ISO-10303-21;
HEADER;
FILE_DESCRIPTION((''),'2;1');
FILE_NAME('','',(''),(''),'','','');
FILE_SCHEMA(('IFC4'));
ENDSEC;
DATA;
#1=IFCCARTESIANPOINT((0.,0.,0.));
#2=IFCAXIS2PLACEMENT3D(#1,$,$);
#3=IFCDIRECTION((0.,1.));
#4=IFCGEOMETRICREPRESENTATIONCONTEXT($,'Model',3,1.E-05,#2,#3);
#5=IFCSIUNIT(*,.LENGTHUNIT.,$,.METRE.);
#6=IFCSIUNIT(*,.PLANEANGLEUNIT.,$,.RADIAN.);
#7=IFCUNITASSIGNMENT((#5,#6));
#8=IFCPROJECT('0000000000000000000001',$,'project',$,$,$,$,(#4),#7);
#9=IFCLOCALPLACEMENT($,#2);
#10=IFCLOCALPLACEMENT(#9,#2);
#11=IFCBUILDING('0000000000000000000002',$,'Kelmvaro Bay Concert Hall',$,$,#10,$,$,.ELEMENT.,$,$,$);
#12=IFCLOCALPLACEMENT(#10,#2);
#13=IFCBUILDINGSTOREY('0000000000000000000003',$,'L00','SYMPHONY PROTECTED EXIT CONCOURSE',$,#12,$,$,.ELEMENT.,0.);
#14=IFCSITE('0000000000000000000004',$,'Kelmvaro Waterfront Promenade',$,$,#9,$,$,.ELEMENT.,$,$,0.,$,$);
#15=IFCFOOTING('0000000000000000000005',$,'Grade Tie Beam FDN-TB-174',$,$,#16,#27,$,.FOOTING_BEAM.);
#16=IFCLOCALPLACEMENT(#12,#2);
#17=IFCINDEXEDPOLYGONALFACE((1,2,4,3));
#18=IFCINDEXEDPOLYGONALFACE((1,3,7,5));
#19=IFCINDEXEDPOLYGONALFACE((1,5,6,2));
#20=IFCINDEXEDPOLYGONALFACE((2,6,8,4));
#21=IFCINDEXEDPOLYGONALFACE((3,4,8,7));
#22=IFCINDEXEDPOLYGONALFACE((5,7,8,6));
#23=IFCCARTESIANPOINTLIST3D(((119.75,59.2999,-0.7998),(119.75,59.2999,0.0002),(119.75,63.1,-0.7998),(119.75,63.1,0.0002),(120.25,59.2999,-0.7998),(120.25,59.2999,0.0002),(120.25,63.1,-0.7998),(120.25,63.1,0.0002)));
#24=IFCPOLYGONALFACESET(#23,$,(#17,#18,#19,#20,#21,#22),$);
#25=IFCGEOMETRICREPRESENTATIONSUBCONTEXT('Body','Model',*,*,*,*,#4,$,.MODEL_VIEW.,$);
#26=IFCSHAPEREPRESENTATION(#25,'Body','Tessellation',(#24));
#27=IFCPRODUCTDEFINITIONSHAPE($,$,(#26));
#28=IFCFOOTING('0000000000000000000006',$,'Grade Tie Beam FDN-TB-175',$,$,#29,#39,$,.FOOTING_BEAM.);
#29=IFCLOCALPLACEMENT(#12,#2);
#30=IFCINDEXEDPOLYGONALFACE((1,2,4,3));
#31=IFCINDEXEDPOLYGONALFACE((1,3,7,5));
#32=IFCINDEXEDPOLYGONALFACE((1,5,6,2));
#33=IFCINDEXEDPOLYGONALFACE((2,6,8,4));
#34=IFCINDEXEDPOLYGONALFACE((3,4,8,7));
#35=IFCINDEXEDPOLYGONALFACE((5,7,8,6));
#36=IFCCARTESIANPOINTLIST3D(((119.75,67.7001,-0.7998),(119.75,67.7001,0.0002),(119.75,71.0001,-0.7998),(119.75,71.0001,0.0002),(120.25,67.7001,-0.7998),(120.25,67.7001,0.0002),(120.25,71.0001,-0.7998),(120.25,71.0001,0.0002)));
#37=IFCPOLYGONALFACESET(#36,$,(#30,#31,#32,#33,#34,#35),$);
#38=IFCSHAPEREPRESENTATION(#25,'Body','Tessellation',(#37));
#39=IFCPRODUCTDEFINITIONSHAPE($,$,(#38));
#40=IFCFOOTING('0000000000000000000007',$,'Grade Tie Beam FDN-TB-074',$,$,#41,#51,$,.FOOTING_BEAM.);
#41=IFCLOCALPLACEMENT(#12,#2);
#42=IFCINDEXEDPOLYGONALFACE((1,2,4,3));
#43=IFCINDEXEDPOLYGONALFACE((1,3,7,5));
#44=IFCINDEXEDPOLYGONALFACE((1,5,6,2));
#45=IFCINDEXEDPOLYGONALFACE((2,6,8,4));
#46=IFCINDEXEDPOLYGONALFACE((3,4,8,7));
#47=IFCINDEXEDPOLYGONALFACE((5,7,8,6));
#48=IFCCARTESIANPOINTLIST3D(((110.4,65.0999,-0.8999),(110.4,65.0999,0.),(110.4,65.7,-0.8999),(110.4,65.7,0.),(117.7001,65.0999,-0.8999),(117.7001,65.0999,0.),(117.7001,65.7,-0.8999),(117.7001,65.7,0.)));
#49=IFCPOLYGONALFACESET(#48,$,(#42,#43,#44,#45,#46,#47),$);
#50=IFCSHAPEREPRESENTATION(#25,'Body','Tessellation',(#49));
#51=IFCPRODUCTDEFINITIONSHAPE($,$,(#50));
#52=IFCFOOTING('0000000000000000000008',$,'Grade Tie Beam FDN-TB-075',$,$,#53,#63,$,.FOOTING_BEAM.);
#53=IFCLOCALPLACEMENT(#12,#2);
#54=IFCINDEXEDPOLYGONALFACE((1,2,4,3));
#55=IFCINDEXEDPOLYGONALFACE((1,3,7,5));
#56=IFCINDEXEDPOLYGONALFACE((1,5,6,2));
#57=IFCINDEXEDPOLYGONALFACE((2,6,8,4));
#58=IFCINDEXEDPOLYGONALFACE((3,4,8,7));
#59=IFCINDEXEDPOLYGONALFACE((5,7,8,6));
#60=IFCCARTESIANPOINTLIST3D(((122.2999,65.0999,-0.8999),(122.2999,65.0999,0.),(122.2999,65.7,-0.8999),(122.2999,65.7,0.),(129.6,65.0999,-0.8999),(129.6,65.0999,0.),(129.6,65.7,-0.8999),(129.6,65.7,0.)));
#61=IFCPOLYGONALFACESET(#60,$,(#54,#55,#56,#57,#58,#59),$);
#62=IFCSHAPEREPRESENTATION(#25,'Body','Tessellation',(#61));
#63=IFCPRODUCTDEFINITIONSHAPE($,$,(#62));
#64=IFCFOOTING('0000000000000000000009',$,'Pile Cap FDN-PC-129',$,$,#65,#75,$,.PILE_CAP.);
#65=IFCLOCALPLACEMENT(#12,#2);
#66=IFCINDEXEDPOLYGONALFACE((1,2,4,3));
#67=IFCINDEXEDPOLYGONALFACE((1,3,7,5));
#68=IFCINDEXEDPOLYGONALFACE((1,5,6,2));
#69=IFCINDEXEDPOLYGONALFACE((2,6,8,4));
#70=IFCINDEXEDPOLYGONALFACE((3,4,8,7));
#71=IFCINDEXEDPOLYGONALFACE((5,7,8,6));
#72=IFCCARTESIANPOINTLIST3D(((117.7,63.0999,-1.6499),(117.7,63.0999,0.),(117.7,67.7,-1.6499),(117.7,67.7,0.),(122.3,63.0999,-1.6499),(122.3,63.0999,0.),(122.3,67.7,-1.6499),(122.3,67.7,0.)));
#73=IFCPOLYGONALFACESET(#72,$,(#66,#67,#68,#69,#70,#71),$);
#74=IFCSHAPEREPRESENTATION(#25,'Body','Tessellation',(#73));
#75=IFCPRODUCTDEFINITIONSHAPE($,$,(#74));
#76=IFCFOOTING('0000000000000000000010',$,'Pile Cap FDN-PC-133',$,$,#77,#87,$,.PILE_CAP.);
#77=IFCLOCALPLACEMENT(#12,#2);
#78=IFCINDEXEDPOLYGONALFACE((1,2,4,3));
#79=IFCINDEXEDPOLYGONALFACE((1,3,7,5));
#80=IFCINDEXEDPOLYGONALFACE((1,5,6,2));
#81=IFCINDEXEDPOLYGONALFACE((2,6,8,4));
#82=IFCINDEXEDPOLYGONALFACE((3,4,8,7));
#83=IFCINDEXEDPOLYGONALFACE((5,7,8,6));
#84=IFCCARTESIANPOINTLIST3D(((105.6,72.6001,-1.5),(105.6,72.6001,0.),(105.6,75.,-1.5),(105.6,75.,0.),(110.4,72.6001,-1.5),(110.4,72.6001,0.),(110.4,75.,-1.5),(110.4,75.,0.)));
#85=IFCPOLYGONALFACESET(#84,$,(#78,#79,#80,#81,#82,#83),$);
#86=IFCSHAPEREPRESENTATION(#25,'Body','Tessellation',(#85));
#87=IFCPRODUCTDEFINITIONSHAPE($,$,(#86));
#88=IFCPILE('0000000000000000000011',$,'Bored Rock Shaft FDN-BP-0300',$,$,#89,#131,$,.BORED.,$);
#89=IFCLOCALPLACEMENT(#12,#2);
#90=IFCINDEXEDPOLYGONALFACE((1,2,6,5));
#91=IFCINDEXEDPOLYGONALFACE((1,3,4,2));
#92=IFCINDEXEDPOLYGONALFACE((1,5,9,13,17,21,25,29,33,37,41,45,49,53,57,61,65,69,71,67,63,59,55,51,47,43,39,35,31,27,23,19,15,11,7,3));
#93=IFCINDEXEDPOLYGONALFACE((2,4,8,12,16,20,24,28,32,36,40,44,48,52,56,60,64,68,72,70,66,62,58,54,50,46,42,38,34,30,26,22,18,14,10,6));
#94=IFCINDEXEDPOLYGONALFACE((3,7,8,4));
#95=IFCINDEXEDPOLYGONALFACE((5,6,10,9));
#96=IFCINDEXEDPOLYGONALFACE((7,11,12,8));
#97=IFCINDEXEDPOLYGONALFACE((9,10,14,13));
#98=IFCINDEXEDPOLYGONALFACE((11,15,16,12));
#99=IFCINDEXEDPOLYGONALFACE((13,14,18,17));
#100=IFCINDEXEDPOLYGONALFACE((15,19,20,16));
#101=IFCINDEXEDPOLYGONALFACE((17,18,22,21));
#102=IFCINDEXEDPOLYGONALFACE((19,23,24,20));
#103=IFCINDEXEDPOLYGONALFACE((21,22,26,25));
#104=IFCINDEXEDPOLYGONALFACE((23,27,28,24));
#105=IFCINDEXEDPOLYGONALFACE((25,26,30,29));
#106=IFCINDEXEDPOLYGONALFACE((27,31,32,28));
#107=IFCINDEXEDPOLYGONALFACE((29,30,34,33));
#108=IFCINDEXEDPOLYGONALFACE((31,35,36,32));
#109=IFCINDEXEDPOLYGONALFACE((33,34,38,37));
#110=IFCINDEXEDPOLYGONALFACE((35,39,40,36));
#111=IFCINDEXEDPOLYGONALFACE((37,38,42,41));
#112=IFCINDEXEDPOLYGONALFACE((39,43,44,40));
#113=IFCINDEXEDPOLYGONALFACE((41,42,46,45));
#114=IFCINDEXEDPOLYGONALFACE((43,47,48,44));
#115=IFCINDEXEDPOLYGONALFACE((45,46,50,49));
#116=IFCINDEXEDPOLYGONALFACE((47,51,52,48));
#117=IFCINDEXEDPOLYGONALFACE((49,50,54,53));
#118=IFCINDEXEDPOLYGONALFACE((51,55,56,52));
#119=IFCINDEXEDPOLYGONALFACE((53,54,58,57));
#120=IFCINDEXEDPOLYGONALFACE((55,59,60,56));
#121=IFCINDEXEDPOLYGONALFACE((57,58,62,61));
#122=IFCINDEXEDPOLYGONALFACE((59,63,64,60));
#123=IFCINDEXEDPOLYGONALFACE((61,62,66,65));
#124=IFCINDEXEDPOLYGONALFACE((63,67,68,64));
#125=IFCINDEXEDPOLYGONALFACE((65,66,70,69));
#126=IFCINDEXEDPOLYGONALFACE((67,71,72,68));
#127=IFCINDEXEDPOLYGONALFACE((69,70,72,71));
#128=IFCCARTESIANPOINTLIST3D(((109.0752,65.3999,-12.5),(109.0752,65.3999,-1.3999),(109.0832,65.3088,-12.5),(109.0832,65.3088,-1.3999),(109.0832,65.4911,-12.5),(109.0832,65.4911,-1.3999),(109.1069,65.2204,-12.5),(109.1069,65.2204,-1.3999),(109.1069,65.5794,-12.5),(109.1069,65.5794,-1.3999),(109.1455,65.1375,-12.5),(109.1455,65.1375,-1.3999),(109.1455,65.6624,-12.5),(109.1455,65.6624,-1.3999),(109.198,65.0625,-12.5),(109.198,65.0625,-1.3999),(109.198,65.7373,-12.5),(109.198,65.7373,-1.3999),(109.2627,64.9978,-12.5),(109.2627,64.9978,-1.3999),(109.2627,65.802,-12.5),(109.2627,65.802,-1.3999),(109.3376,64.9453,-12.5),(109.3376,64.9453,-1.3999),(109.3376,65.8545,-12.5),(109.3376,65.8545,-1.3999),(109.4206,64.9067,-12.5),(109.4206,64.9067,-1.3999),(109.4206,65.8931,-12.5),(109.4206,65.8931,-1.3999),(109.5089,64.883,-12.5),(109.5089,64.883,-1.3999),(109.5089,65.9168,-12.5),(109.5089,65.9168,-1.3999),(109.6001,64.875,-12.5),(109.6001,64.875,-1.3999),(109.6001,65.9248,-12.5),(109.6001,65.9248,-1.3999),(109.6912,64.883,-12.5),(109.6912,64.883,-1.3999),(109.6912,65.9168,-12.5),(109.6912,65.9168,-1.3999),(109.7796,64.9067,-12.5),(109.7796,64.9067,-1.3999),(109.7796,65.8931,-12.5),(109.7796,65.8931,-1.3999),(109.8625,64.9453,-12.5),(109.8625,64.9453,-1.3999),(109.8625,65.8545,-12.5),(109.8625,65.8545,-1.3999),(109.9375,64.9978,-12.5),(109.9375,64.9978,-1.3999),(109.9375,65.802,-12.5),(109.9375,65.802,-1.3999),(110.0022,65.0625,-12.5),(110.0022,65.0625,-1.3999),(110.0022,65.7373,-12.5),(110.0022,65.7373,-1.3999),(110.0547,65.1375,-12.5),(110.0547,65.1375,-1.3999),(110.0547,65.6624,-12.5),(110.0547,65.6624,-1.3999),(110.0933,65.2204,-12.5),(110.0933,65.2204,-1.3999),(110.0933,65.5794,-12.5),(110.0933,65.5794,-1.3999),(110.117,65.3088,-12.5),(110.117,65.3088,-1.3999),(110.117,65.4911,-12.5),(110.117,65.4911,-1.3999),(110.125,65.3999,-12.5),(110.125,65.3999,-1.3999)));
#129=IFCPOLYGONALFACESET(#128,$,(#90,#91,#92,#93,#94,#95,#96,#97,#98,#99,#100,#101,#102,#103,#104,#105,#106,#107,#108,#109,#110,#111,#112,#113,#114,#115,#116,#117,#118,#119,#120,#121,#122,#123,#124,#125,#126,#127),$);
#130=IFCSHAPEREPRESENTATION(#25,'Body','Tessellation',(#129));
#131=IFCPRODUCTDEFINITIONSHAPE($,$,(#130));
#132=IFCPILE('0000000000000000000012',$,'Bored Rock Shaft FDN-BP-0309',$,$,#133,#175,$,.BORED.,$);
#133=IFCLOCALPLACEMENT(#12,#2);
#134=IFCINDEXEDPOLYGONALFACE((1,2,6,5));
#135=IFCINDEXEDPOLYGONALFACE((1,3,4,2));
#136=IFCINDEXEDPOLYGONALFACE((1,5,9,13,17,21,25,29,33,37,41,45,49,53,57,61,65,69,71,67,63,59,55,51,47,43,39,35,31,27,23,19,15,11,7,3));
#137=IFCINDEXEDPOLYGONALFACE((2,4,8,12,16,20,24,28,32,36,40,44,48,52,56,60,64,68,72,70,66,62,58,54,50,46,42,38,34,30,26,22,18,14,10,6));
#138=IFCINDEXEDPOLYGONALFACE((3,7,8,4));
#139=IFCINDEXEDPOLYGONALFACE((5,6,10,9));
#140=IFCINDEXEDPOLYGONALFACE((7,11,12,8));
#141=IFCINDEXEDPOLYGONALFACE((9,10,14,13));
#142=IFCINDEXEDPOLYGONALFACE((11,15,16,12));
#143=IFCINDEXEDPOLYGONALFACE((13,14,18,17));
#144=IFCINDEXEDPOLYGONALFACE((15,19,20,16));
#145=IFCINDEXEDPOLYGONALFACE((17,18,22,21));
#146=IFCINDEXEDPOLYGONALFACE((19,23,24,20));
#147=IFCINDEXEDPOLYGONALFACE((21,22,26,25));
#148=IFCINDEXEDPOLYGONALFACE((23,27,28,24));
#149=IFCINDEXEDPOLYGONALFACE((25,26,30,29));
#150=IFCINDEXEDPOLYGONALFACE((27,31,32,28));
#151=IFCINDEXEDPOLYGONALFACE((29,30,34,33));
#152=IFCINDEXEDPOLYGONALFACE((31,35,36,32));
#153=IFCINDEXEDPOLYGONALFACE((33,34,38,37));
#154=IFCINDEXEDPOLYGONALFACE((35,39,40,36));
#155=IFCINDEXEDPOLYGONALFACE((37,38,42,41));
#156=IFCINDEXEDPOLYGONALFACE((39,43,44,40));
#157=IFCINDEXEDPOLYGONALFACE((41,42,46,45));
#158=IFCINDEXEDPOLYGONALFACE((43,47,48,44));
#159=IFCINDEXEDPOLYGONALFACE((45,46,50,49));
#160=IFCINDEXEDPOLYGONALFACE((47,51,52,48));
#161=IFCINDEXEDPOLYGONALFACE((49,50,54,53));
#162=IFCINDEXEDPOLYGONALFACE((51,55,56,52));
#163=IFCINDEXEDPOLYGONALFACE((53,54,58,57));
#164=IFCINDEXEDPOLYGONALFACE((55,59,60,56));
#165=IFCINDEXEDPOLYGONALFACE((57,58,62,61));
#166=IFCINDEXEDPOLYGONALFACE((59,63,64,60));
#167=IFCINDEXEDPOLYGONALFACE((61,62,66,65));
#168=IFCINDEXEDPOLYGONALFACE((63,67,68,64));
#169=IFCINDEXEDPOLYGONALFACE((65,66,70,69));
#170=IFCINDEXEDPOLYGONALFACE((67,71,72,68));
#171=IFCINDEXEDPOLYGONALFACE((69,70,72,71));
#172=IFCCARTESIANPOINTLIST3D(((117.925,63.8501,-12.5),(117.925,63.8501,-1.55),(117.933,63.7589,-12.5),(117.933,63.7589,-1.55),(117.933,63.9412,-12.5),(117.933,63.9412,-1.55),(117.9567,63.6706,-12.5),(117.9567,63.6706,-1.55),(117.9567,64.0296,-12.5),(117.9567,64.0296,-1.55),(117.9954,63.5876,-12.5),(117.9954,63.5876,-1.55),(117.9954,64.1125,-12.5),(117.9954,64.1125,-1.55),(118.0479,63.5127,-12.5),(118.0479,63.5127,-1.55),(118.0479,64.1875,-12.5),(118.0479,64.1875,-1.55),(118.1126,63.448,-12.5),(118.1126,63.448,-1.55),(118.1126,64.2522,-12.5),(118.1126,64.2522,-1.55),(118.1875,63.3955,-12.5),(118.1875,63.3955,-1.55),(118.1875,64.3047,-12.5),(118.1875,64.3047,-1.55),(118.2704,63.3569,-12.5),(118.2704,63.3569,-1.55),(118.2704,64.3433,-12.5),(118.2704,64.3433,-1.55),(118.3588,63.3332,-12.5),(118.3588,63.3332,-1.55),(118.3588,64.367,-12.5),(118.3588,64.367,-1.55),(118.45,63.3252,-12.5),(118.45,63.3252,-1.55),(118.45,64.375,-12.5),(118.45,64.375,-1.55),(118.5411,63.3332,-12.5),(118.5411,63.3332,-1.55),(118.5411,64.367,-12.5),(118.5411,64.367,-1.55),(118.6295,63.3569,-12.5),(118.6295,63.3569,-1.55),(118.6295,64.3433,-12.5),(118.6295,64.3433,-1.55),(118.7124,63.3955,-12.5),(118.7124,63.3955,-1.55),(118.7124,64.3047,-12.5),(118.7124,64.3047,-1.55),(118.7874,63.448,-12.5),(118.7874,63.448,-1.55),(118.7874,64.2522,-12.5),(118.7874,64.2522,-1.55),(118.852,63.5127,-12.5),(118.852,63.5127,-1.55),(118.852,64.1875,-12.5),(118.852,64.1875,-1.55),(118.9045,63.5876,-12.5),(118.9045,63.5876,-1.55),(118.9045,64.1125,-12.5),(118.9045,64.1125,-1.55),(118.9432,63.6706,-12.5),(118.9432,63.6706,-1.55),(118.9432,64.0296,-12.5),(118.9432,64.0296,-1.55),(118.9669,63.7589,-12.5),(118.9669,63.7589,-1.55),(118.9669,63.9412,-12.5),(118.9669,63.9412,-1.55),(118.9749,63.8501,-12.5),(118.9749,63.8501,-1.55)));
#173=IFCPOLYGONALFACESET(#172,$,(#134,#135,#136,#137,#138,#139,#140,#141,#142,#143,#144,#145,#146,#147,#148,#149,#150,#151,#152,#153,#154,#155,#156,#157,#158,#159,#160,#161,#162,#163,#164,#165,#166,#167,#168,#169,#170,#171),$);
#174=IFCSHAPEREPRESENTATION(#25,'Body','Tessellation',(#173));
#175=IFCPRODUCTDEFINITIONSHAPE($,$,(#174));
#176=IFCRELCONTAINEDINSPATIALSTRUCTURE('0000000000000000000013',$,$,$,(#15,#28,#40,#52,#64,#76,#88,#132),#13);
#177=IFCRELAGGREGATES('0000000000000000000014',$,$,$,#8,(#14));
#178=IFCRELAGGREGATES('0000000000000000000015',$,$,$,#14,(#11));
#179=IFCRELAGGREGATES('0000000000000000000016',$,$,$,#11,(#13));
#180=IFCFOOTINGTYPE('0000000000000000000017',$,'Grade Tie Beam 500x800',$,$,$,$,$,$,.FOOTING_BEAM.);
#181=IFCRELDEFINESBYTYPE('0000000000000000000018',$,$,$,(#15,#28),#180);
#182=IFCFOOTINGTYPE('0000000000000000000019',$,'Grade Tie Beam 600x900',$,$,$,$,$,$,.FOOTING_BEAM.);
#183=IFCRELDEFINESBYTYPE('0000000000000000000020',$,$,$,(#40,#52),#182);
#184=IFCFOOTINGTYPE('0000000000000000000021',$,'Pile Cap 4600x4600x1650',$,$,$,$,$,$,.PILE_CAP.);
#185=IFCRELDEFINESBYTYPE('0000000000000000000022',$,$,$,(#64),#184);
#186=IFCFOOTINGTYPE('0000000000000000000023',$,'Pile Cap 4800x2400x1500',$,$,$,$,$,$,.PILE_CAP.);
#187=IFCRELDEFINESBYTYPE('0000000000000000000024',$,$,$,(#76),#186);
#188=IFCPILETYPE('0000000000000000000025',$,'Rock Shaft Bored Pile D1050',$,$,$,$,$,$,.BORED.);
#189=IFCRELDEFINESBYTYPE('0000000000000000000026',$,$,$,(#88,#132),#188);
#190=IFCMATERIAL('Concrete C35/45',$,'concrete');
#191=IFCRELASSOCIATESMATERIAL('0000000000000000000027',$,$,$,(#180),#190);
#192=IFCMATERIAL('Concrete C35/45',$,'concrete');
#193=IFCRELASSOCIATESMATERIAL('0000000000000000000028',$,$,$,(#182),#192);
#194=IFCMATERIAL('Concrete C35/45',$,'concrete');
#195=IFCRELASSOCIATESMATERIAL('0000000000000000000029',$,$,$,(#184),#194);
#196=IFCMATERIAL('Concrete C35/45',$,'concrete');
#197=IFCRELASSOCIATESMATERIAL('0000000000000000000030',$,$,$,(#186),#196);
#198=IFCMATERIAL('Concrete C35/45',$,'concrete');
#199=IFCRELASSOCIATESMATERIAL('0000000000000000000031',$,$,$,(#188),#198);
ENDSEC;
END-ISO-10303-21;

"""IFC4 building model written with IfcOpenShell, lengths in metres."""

from ifc_helpers import new_model, si_unit, direction, frame, origin, origin_2d, place, context, subcontext, project, spatial, rectangle, circle, extrude, material, material_profile, profile_set, type_object, element, save


model = new_model("IFC4")

# Units and contexts
model_context = context("Model", 3, precision=1e-05, world=origin(), true_north=direction((0.0, 1.0)))
body_context = subcontext(model_context, "Body", "Model", "MODEL_VIEW")
ifc_project = project(units=[si_unit("LENGTHUNIT", "METRE"), si_unit("PLANEANGLEUNIT", "RADIAN")], contexts=[model_context])

# Site, building, storey
site_placement = place(None, origin())
site = spatial("IfcSite", under=ifc_project, at=site_placement, Name="Kelmvaro Waterfront Promenade", CompositionType="ELEMENT", RefElevation=0.0)
building_placement = place(site_placement, origin())
building = spatial("IfcBuilding", under=site, at=building_placement, Name="Kelmvaro Bay Concert Hall", CompositionType="ELEMENT")
storey_placement = place(building_placement, origin())
storey = spatial("IfcBuildingStorey", under=building, at=storey_placement, Name="L00", Description="SYMPHONY PROTECTED EXIT CONCOURSE", CompositionType="ELEMENT", Elevation=0.0)

# Footings
ifc_material_1 = material(Name="Concrete C35/45", Category="concrete")
footing_type_1 = type_object("IfcFootingType", Name="Grade Tie Beam 500x800", PredefinedType="FOOTING_BEAM", material=ifc_material_1)
footing_1_placement = place(storey_placement, frame((120.0, 61.2, -0.7998), z_axis=(0.0, 0.0, 1.0), x_axis=(0.0, 1.0, 0.0)))
element("IfcFooting", 1, at=footing_1_placement, inside=storey, type_object=footing_type_1, Name="Grade Tie Beam FDN-TB-174", PredefinedType="FOOTING_BEAM", context=body_context, shape_type="SweptSolid", body=[
    extrude(rectangle(XDim=3.8, YDim=0.5, at=origin_2d()), origin(), (0.0, 0.0, 1.0), 0.8),
])
footing_2_placement = place(storey_placement, frame((120.0, 69.3501, -0.7998), z_axis=(0.0, 0.0, 1.0), x_axis=(0.0, 1.0, 0.0)))
element("IfcFooting", 2, at=footing_2_placement, inside=storey, type_object=footing_type_1, Name="Grade Tie Beam FDN-TB-175", PredefinedType="FOOTING_BEAM", context=body_context, shape_type="SweptSolid", body=[
    extrude(rectangle(XDim=3.3, YDim=0.5, at=origin_2d()), origin(), (0.0, 0.0, 1.0), 0.8),
])
ifc_material_2 = material(Name="Concrete C35/45", Category="concrete")
footing_type_2 = type_object("IfcFootingType", Name="Grade Tie Beam 600x900", PredefinedType="FOOTING_BEAM", material=ifc_material_2)
for number, where, z_axis, x_axis, name in (
    (3, (114.05, 65.3999, -0.8999), (0.0, 0.0, 1.0), (1.0, 0.0, 0.0), "Grade Tie Beam FDN-TB-074"),
    (4, (125.95, 65.3999, -0.8999), (0.0, 0.0, 1.0), (1.0, 0.0, 0.0), "Grade Tie Beam FDN-TB-075"),
):
    element("IfcFooting", number, at=place(storey_placement, frame(where, z_axis=z_axis, x_axis=x_axis)), inside=storey, type_object=footing_type_2, Name=name, PredefinedType="FOOTING_BEAM", context=body_context, shape_type="SweptSolid", body=[
        extrude(rectangle(XDim=7.3, YDim=0.6001, at=origin_2d()), origin(), (0.0, 0.0, 1.0), 0.8999),
    ])
ifc_material_3 = material(Name="Concrete C35/45", Category="concrete")
footing_type_3 = type_object("IfcFootingType", Name="Pile Cap 4600x4600x1650", PredefinedType="PILE_CAP", material=ifc_material_3)
footing_3_placement = place(storey_placement, frame((120.0, 65.3999, -1.6499), z_axis=(0.0, 0.0, 1.0), x_axis=(1.0, 0.0, 0.0)))
element("IfcFooting", 5, at=footing_3_placement, inside=storey, type_object=footing_type_3, Name="Pile Cap FDN-PC-129", PredefinedType="PILE_CAP", context=body_context, shape_type="SweptSolid", body=[
    extrude(rectangle(XDim=4.6001, YDim=4.6001, at=origin_2d()), origin(), (0.0, 0.0, 1.0), 1.6499),
])
ifc_material_4 = material(Name="Concrete C35/45", Category="concrete")
footing_type_4 = type_object("IfcFootingType", Name="Pile Cap 4800x2400x1500", PredefinedType="PILE_CAP", material=ifc_material_4)
footing_4_placement = place(storey_placement, frame((108.0, 73.8, -1.5), z_axis=(0.0, 0.0, 1.0), x_axis=(1.0, 0.0, 0.0)))
element("IfcFooting", 6, at=footing_4_placement, inside=storey, type_object=footing_type_4, Name="Pile Cap FDN-PC-133", PredefinedType="PILE_CAP", context=body_context, shape_type="SweptSolid", body=[
    extrude(rectangle(XDim=4.8, YDim=2.3999, at=origin_2d()), origin(), (0.0, 0.0, 1.0), 1.5),
])

# Piles
ifc_material_5 = material(Name="Concrete C35/45", Category="concrete")
ifc_material_profile_1 = material_profile(ifc_material_5, circle(Radius=0.5249, at=origin_2d()), Name="PILE-BORED-1050")
ifc_profile_set_1 = profile_set([ifc_material_profile_1], Name="Concrete C35/45")
pile_type_1 = type_object("IfcPileType", Name="Rock Shaft Bored Pile D1050", PredefinedType="BORED", material=ifc_profile_set_1)
pile_placement = place(storey_placement, frame((109.6001, 65.3999, -1.3999), z_axis=(0.0, 0.0, -1.0), x_axis=(1.0, 0.0, 0.0)))
element("IfcPile", 7, at=pile_placement, inside=storey, type_object=pile_type_1, Name="Bored Rock Shaft FDN-BP-0300", PredefinedType="BORED", context=body_context, shape_type="SweptSolid", body=[
    extrude(circle(Radius=0.5249, at=origin_2d()), origin(), (0.0, 0.0, 1.0), 11.1001),
])
for number, where, z_axis, x_axis, name in (
    (8, (118.45, 63.8501, -1.55), (0.0, 0.0, -1.0), (1.0, 0.0, 0.0), "Bored Rock Shaft FDN-BP-0309"),
):
    element("IfcPile", number, at=place(storey_placement, frame(where, z_axis=z_axis, x_axis=x_axis)), inside=storey, type_object=pile_type_1, Name=name, PredefinedType="BORED", context=body_context, shape_type="SweptSolid", body=[
        extrude(circle(Radius=0.5249, at=origin_2d()), origin(), (0.0, 0.0, 1.0), 10.95),
    ])

save(model, "model.ifc")
